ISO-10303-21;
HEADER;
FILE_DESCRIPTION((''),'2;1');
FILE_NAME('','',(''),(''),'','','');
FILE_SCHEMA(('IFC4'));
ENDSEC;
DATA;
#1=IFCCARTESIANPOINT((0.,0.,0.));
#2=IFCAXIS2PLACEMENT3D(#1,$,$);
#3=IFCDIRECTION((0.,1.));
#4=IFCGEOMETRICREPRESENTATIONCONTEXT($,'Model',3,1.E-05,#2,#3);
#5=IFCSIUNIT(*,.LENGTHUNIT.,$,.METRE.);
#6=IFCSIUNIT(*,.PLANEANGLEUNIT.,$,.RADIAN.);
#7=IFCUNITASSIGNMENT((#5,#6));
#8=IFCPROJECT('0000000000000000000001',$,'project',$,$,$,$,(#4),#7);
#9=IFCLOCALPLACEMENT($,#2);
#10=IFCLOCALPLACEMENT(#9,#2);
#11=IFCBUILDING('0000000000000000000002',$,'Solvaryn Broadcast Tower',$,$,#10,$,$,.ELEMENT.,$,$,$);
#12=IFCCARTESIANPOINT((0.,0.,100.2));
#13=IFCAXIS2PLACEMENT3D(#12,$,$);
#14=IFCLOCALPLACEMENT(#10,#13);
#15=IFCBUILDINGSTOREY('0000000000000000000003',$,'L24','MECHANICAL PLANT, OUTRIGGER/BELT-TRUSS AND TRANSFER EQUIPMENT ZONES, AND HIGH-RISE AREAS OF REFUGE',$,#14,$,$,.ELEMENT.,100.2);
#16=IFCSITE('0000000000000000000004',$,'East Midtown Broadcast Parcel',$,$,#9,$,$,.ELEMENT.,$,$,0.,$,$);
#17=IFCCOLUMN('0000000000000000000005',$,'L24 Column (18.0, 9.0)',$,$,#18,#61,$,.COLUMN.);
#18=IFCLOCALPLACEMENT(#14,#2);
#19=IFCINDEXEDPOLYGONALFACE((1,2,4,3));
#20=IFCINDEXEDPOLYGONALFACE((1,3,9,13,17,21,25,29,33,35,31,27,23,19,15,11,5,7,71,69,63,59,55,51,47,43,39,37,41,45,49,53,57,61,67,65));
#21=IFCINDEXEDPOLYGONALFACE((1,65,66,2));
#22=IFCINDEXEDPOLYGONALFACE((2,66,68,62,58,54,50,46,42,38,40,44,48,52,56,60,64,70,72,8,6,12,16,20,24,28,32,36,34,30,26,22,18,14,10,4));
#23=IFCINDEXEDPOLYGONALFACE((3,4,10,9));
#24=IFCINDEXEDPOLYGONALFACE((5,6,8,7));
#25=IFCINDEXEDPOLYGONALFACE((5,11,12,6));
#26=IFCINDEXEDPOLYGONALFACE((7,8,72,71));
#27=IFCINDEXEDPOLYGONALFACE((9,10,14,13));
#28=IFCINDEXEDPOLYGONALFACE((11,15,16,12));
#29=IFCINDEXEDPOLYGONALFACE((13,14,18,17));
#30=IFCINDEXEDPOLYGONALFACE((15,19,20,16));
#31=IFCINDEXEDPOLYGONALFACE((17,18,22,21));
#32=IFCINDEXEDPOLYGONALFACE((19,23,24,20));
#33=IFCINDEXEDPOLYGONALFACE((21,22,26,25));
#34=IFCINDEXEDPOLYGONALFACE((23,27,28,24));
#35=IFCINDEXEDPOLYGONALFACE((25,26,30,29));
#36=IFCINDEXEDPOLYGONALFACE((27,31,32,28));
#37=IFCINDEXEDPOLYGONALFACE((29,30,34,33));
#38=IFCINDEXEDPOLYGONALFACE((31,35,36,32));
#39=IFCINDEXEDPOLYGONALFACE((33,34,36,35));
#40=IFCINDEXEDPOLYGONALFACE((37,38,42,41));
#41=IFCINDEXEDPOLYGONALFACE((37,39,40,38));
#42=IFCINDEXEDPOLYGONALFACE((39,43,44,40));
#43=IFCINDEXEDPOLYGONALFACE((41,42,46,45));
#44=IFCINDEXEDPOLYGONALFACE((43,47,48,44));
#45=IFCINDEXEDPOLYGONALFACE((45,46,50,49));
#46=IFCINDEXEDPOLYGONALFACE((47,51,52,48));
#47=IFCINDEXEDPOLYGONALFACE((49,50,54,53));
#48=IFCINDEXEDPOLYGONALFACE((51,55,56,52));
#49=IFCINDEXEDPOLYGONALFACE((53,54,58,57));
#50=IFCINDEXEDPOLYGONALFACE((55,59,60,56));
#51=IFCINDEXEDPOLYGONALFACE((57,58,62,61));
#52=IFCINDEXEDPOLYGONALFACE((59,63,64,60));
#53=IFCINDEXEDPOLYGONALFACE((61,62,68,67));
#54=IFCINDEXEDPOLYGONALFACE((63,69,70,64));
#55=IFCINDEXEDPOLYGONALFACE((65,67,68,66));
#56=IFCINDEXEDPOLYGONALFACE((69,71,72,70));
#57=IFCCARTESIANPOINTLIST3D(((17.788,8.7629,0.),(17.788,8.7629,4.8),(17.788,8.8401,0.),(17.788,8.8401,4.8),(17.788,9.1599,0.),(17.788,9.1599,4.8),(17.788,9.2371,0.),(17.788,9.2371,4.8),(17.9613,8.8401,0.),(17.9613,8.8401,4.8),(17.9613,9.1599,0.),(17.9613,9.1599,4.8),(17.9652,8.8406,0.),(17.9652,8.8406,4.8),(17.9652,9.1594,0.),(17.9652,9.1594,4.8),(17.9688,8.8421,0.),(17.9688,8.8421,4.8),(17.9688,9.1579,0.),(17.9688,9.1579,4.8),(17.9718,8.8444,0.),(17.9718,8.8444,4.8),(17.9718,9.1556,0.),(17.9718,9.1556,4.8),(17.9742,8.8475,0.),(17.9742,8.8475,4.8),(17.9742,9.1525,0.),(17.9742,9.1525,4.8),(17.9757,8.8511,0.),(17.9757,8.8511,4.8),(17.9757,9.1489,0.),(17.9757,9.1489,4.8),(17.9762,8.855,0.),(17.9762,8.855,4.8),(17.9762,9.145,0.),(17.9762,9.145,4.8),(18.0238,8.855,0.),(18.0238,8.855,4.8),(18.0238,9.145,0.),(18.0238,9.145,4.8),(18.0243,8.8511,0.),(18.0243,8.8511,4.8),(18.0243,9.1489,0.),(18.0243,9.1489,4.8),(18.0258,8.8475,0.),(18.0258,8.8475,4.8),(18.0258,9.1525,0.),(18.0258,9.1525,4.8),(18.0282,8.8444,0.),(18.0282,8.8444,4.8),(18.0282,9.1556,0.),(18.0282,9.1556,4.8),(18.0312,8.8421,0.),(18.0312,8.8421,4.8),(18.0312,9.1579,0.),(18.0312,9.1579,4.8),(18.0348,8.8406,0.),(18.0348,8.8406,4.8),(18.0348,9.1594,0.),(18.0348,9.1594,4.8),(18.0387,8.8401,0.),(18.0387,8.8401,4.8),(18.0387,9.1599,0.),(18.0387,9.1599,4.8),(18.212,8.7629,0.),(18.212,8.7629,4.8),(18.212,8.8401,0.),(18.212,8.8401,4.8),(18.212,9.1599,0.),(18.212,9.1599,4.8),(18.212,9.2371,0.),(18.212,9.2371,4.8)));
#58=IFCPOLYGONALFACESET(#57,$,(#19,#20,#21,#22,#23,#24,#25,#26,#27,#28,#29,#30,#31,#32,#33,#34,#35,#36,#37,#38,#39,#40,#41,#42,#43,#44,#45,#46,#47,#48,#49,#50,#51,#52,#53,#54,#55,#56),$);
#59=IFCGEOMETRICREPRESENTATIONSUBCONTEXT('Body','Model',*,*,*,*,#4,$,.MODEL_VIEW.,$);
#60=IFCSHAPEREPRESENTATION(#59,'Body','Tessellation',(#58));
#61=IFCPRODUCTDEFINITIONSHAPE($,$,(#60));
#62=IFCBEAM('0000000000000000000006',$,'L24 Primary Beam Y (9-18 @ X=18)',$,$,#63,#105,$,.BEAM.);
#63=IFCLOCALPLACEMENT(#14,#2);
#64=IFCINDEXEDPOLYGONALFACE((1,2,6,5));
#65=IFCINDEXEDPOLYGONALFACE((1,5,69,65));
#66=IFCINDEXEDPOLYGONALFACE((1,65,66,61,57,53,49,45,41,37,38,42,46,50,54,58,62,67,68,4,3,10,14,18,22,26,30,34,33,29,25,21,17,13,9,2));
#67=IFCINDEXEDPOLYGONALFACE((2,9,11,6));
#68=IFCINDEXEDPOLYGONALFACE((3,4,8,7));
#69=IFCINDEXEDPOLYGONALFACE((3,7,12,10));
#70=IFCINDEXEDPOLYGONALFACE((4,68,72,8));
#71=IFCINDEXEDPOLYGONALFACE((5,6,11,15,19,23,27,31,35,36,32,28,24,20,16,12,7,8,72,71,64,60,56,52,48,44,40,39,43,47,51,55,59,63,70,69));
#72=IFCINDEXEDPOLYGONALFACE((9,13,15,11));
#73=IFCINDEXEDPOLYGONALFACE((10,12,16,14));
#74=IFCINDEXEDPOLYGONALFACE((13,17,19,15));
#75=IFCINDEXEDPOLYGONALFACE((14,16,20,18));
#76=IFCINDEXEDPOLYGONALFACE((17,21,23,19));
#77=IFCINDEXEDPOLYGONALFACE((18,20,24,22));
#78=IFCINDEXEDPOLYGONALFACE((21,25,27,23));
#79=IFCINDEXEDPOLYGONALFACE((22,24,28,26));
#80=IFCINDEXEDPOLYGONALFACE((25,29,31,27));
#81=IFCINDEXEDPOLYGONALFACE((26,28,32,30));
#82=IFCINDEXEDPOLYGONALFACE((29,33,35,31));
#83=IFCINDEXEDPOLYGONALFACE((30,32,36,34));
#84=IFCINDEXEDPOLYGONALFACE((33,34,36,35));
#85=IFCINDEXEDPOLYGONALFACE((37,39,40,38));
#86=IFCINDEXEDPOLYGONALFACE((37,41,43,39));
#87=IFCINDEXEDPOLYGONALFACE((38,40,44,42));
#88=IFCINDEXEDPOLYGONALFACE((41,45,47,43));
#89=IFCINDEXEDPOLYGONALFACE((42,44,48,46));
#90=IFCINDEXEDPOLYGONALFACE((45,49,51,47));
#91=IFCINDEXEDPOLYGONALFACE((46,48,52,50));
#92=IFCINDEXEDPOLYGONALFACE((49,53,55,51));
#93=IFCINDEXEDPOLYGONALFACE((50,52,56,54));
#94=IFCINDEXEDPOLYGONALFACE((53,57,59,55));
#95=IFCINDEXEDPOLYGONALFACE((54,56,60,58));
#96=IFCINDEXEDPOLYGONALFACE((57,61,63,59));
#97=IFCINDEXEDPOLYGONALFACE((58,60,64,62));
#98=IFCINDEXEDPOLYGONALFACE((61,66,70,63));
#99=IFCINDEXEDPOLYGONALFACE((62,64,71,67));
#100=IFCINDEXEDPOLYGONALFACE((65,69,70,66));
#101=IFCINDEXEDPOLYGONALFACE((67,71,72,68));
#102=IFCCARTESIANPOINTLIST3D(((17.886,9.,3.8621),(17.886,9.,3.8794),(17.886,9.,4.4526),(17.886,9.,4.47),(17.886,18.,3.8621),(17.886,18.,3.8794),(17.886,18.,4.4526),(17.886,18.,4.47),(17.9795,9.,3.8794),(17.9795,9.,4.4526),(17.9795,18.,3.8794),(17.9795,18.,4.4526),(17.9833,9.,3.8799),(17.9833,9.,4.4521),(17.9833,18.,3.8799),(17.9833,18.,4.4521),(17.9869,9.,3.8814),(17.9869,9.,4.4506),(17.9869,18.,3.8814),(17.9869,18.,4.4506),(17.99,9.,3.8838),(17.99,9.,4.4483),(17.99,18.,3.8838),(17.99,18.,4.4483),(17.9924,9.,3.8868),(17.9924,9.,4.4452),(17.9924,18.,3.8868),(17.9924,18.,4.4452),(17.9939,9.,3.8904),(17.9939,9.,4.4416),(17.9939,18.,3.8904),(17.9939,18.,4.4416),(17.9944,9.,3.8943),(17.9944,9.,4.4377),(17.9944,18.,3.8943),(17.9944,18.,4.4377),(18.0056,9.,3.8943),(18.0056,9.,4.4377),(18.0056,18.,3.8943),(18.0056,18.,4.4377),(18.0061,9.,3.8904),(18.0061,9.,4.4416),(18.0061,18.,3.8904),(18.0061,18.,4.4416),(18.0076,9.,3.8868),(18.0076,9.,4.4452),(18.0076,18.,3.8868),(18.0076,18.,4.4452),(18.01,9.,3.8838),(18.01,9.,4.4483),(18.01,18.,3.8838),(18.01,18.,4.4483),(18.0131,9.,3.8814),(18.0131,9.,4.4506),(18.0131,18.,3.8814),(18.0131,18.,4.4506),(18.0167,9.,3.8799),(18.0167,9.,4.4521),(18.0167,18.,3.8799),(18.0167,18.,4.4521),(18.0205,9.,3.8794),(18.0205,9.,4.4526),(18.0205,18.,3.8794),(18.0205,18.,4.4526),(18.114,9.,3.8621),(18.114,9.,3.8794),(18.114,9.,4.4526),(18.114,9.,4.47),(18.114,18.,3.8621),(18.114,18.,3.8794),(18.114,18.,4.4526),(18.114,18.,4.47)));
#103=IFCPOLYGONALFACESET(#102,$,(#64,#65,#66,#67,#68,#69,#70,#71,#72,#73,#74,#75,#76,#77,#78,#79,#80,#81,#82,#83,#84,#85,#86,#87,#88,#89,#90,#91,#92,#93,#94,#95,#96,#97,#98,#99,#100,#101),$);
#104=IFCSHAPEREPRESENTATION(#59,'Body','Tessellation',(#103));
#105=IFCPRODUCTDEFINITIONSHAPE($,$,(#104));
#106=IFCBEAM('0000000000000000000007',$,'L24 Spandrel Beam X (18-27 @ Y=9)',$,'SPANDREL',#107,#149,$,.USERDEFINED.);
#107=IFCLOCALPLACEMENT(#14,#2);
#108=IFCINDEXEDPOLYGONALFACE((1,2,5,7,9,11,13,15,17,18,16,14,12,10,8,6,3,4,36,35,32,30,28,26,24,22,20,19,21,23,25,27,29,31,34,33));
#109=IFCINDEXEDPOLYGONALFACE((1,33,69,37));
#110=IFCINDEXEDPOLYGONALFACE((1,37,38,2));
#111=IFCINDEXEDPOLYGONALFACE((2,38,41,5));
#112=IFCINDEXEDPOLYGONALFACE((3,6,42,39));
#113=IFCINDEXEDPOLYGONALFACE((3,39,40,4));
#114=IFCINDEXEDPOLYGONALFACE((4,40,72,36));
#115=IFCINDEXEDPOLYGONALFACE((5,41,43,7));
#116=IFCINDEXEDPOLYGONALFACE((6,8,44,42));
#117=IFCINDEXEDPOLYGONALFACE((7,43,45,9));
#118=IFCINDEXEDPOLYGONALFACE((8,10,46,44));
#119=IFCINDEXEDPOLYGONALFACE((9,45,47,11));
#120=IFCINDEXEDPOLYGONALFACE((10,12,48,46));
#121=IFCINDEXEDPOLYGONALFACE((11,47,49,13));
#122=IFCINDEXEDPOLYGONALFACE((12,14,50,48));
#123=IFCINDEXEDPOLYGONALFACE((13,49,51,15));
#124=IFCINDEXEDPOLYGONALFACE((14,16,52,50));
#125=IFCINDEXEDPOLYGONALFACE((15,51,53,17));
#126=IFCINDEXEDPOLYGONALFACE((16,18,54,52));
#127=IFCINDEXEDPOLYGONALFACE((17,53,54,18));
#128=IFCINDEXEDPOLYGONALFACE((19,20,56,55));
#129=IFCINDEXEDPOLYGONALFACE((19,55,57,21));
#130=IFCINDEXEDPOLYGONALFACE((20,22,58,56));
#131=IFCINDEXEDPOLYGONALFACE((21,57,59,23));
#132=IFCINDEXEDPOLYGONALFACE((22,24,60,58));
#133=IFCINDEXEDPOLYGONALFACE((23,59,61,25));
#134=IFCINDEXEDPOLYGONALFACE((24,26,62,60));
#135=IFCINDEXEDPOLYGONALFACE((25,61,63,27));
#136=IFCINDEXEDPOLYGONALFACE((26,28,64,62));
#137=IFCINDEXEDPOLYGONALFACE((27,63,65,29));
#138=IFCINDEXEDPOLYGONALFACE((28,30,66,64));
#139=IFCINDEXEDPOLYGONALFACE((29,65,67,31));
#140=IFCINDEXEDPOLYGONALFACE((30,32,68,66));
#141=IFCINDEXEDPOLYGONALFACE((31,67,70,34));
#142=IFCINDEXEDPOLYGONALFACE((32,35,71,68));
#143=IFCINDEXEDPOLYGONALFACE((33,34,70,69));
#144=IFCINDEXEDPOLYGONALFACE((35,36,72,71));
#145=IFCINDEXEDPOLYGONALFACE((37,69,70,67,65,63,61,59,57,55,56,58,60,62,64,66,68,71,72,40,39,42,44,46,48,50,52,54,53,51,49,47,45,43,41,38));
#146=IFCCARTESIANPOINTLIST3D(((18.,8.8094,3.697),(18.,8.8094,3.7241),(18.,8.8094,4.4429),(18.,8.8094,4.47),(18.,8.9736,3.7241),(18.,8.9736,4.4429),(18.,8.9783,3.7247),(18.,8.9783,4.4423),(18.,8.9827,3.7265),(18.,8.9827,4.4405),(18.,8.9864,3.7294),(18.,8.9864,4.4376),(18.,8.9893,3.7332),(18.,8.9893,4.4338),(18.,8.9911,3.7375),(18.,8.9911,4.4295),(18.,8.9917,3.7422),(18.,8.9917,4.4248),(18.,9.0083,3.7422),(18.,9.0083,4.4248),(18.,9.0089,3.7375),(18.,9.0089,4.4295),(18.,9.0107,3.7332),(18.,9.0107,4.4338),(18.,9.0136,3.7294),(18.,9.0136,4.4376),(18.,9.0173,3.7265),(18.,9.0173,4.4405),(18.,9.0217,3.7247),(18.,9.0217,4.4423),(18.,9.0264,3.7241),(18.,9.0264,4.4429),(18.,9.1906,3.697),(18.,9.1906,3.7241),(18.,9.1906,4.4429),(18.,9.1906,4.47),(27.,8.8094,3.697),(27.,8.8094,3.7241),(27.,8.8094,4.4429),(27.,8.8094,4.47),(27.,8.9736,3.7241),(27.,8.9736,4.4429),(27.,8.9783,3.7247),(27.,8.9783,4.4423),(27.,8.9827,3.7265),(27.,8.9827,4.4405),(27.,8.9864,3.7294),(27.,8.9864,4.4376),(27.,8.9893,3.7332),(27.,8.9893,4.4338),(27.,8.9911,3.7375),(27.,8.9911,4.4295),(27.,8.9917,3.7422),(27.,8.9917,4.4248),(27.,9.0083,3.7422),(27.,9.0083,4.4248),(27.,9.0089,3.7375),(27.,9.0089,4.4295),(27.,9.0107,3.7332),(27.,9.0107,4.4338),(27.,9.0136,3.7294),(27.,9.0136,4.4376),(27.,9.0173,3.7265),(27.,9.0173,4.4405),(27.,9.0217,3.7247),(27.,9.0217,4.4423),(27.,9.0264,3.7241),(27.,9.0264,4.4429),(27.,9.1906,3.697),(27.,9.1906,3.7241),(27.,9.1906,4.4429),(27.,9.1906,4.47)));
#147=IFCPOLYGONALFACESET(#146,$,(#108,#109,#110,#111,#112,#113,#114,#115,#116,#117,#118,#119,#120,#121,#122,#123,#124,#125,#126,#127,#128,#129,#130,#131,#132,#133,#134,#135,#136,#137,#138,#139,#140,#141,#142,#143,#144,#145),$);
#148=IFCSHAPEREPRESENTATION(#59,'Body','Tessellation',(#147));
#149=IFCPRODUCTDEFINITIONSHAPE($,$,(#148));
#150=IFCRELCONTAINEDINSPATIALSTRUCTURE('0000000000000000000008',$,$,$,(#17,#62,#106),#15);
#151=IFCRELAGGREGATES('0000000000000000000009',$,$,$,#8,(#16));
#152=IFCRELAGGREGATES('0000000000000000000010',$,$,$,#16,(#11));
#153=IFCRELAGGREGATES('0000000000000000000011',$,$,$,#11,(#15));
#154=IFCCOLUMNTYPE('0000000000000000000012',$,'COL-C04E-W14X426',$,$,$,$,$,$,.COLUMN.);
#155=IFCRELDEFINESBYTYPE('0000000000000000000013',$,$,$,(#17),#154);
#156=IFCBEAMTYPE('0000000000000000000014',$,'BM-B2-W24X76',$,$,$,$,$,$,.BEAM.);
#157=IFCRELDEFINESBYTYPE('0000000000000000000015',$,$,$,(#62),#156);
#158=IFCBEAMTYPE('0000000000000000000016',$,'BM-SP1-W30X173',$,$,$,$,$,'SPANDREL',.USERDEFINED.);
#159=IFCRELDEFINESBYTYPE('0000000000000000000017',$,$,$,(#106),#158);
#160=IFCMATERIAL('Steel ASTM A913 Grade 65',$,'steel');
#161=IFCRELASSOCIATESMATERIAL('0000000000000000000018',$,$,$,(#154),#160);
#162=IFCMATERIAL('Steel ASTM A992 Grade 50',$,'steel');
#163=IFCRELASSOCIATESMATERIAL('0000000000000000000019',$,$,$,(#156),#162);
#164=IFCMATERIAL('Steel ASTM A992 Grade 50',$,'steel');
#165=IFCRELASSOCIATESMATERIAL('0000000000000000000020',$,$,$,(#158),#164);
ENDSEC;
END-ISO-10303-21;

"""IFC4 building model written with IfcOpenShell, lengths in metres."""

from ifc_helpers import new_model, si_unit, direction, frame, origin, origin_2d, place, context, subcontext, project, spatial, i_section, extrude, material, material_profile, profile_set, type_object, element, save


model = new_model("IFC4")

# Units and contexts
model_context = context("Model", 3, precision=1e-05, world=origin(), true_north=direction((0.0, 1.0)))
body_context = subcontext(model_context, "Body", "Model", "MODEL_VIEW")
ifc_project = project(units=[si_unit("LENGTHUNIT", "METRE"), si_unit("PLANEANGLEUNIT", "RADIAN")], contexts=[model_context])

# Site, building, storey
site_placement = place(None, origin())
site = spatial("IfcSite", under=ifc_project, at=site_placement, Name="East Midtown Broadcast Parcel", CompositionType="ELEMENT", RefElevation=0.0)
building_placement = place(site_placement, origin())
building = spatial("IfcBuilding", under=site, at=building_placement, Name="Solvaryn Broadcast Tower", CompositionType="ELEMENT")
storey_placement = place(building_placement, frame((0.0, 0.0, 100.2)))
storey = spatial("IfcBuildingStorey", under=building, at=storey_placement, Name="L24", Description="MECHANICAL PLANT, OUTRIGGER/BELT-TRUSS AND TRANSFER EQUIPMENT ZONES, AND HIGH-RISE AREAS OF REFUGE", CompositionType="ELEMENT", Elevation=100.2)

# Column
ifc_material_1 = material(Name="Steel ASTM A913 Grade 65", Category="steel")
ifc_material_profile_1 = material_profile(ifc_material_1, i_section(OverallWidth=0.4241, OverallDepth=0.4741, WebThickness=0.0476, FlangeThickness=0.0771, FilletRadius=0.0149, at=origin_2d()))
ifc_profile_set_1 = profile_set([ifc_material_profile_1], Name="Steel ASTM A913 Grade 65")
column_type = type_object("IfcColumnType", Name="COL-C04E-W14X426", PredefinedType="COLUMN", material=ifc_profile_set_1)
column_placement = place(storey_placement, frame((18.0, 9.0, 0.0), z_axis=(0.0, 0.0, 1.0), x_axis=(1.0, 0.0, 0.0)))
element("IfcColumn", 1, at=column_placement, inside=storey, type_object=column_type, Name="L24 Column (18.0, 9.0)", PredefinedType="COLUMN", context=body_context, shape_type="SweptSolid", body=[
    extrude(i_section(OverallWidth=0.4241, OverallDepth=0.4741, WebThickness=0.0476, FlangeThickness=0.0771, FilletRadius=0.0149, at=origin_2d()), origin(), (0.0, 0.0, 1.0), 4.8),
])

# Beams
ifc_material_2 = material(Name="Steel ASTM A992 Grade 50", Category="steel")
ifc_material_profile_2 = material_profile(ifc_material_2, i_section(OverallWidth=0.228, OverallDepth=0.6079, WebThickness=0.0112, FlangeThickness=0.0173, FilletRadius=0.0149, at=origin_2d()))
ifc_profile_set_2 = profile_set([ifc_material_profile_2], Name="Steel ASTM A992 Grade 50")
beam_type_1 = type_object("IfcBeamType", Name="BM-B2-W24X76", PredefinedType="BEAM", material=ifc_profile_set_2)
beam_1_placement = place(storey_placement, frame((18.0, 9.0, 4.166), z_axis=(0.0, 1.0, 0.0), x_axis=(-1.0, 0.0, 0.0)))
element("IfcBeam", 2, at=beam_1_placement, inside=storey, type_object=beam_type_1, Name="L24 Primary Beam Y (9-18 @ X=18)", PredefinedType="BEAM", context=body_context, shape_type="SweptSolid", body=[
    extrude(i_section(OverallWidth=0.228, OverallDepth=0.6079, WebThickness=0.0112, FlangeThickness=0.0173, FilletRadius=0.0149, at=origin_2d()), origin(), (0.0, 0.0, 1.0), 9.0),
])
ifc_material_3 = material(Name="Steel ASTM A992 Grade 50", Category="steel")
ifc_material_profile_3 = material_profile(ifc_material_3, i_section(OverallWidth=0.3811, OverallDepth=0.7729, WebThickness=0.0166, FlangeThickness=0.0271, FilletRadius=0.0181, at=origin_2d()))
ifc_profile_set_3 = profile_set([ifc_material_profile_3], Name="Steel ASTM A992 Grade 50")
beam_type_2 = type_object("IfcBeamType", Name="BM-SP1-W30X173", ElementType="SPANDREL", PredefinedType="USERDEFINED", material=ifc_profile_set_3)
beam_2_placement = place(storey_placement, frame((18.0, 9.0, 4.0835), z_axis=(1.0, 0.0, 0.0), x_axis=(0.0, 1.0, 0.0)))
element("IfcBeam", 3, at=beam_2_placement, inside=storey, type_object=beam_type_2, Name="L24 Spandrel Beam X (18-27 @ Y=9)", ObjectType="SPANDREL", PredefinedType="USERDEFINED", context=body_context, shape_type="SweptSolid", body=[
    extrude(i_section(OverallWidth=0.3811, OverallDepth=0.7729, WebThickness=0.0166, FlangeThickness=0.0271, FilletRadius=0.0181, at=origin_2d()), origin(), (0.0, 0.0, 1.0), 9.0),
])

save(model, "model.ifc")
